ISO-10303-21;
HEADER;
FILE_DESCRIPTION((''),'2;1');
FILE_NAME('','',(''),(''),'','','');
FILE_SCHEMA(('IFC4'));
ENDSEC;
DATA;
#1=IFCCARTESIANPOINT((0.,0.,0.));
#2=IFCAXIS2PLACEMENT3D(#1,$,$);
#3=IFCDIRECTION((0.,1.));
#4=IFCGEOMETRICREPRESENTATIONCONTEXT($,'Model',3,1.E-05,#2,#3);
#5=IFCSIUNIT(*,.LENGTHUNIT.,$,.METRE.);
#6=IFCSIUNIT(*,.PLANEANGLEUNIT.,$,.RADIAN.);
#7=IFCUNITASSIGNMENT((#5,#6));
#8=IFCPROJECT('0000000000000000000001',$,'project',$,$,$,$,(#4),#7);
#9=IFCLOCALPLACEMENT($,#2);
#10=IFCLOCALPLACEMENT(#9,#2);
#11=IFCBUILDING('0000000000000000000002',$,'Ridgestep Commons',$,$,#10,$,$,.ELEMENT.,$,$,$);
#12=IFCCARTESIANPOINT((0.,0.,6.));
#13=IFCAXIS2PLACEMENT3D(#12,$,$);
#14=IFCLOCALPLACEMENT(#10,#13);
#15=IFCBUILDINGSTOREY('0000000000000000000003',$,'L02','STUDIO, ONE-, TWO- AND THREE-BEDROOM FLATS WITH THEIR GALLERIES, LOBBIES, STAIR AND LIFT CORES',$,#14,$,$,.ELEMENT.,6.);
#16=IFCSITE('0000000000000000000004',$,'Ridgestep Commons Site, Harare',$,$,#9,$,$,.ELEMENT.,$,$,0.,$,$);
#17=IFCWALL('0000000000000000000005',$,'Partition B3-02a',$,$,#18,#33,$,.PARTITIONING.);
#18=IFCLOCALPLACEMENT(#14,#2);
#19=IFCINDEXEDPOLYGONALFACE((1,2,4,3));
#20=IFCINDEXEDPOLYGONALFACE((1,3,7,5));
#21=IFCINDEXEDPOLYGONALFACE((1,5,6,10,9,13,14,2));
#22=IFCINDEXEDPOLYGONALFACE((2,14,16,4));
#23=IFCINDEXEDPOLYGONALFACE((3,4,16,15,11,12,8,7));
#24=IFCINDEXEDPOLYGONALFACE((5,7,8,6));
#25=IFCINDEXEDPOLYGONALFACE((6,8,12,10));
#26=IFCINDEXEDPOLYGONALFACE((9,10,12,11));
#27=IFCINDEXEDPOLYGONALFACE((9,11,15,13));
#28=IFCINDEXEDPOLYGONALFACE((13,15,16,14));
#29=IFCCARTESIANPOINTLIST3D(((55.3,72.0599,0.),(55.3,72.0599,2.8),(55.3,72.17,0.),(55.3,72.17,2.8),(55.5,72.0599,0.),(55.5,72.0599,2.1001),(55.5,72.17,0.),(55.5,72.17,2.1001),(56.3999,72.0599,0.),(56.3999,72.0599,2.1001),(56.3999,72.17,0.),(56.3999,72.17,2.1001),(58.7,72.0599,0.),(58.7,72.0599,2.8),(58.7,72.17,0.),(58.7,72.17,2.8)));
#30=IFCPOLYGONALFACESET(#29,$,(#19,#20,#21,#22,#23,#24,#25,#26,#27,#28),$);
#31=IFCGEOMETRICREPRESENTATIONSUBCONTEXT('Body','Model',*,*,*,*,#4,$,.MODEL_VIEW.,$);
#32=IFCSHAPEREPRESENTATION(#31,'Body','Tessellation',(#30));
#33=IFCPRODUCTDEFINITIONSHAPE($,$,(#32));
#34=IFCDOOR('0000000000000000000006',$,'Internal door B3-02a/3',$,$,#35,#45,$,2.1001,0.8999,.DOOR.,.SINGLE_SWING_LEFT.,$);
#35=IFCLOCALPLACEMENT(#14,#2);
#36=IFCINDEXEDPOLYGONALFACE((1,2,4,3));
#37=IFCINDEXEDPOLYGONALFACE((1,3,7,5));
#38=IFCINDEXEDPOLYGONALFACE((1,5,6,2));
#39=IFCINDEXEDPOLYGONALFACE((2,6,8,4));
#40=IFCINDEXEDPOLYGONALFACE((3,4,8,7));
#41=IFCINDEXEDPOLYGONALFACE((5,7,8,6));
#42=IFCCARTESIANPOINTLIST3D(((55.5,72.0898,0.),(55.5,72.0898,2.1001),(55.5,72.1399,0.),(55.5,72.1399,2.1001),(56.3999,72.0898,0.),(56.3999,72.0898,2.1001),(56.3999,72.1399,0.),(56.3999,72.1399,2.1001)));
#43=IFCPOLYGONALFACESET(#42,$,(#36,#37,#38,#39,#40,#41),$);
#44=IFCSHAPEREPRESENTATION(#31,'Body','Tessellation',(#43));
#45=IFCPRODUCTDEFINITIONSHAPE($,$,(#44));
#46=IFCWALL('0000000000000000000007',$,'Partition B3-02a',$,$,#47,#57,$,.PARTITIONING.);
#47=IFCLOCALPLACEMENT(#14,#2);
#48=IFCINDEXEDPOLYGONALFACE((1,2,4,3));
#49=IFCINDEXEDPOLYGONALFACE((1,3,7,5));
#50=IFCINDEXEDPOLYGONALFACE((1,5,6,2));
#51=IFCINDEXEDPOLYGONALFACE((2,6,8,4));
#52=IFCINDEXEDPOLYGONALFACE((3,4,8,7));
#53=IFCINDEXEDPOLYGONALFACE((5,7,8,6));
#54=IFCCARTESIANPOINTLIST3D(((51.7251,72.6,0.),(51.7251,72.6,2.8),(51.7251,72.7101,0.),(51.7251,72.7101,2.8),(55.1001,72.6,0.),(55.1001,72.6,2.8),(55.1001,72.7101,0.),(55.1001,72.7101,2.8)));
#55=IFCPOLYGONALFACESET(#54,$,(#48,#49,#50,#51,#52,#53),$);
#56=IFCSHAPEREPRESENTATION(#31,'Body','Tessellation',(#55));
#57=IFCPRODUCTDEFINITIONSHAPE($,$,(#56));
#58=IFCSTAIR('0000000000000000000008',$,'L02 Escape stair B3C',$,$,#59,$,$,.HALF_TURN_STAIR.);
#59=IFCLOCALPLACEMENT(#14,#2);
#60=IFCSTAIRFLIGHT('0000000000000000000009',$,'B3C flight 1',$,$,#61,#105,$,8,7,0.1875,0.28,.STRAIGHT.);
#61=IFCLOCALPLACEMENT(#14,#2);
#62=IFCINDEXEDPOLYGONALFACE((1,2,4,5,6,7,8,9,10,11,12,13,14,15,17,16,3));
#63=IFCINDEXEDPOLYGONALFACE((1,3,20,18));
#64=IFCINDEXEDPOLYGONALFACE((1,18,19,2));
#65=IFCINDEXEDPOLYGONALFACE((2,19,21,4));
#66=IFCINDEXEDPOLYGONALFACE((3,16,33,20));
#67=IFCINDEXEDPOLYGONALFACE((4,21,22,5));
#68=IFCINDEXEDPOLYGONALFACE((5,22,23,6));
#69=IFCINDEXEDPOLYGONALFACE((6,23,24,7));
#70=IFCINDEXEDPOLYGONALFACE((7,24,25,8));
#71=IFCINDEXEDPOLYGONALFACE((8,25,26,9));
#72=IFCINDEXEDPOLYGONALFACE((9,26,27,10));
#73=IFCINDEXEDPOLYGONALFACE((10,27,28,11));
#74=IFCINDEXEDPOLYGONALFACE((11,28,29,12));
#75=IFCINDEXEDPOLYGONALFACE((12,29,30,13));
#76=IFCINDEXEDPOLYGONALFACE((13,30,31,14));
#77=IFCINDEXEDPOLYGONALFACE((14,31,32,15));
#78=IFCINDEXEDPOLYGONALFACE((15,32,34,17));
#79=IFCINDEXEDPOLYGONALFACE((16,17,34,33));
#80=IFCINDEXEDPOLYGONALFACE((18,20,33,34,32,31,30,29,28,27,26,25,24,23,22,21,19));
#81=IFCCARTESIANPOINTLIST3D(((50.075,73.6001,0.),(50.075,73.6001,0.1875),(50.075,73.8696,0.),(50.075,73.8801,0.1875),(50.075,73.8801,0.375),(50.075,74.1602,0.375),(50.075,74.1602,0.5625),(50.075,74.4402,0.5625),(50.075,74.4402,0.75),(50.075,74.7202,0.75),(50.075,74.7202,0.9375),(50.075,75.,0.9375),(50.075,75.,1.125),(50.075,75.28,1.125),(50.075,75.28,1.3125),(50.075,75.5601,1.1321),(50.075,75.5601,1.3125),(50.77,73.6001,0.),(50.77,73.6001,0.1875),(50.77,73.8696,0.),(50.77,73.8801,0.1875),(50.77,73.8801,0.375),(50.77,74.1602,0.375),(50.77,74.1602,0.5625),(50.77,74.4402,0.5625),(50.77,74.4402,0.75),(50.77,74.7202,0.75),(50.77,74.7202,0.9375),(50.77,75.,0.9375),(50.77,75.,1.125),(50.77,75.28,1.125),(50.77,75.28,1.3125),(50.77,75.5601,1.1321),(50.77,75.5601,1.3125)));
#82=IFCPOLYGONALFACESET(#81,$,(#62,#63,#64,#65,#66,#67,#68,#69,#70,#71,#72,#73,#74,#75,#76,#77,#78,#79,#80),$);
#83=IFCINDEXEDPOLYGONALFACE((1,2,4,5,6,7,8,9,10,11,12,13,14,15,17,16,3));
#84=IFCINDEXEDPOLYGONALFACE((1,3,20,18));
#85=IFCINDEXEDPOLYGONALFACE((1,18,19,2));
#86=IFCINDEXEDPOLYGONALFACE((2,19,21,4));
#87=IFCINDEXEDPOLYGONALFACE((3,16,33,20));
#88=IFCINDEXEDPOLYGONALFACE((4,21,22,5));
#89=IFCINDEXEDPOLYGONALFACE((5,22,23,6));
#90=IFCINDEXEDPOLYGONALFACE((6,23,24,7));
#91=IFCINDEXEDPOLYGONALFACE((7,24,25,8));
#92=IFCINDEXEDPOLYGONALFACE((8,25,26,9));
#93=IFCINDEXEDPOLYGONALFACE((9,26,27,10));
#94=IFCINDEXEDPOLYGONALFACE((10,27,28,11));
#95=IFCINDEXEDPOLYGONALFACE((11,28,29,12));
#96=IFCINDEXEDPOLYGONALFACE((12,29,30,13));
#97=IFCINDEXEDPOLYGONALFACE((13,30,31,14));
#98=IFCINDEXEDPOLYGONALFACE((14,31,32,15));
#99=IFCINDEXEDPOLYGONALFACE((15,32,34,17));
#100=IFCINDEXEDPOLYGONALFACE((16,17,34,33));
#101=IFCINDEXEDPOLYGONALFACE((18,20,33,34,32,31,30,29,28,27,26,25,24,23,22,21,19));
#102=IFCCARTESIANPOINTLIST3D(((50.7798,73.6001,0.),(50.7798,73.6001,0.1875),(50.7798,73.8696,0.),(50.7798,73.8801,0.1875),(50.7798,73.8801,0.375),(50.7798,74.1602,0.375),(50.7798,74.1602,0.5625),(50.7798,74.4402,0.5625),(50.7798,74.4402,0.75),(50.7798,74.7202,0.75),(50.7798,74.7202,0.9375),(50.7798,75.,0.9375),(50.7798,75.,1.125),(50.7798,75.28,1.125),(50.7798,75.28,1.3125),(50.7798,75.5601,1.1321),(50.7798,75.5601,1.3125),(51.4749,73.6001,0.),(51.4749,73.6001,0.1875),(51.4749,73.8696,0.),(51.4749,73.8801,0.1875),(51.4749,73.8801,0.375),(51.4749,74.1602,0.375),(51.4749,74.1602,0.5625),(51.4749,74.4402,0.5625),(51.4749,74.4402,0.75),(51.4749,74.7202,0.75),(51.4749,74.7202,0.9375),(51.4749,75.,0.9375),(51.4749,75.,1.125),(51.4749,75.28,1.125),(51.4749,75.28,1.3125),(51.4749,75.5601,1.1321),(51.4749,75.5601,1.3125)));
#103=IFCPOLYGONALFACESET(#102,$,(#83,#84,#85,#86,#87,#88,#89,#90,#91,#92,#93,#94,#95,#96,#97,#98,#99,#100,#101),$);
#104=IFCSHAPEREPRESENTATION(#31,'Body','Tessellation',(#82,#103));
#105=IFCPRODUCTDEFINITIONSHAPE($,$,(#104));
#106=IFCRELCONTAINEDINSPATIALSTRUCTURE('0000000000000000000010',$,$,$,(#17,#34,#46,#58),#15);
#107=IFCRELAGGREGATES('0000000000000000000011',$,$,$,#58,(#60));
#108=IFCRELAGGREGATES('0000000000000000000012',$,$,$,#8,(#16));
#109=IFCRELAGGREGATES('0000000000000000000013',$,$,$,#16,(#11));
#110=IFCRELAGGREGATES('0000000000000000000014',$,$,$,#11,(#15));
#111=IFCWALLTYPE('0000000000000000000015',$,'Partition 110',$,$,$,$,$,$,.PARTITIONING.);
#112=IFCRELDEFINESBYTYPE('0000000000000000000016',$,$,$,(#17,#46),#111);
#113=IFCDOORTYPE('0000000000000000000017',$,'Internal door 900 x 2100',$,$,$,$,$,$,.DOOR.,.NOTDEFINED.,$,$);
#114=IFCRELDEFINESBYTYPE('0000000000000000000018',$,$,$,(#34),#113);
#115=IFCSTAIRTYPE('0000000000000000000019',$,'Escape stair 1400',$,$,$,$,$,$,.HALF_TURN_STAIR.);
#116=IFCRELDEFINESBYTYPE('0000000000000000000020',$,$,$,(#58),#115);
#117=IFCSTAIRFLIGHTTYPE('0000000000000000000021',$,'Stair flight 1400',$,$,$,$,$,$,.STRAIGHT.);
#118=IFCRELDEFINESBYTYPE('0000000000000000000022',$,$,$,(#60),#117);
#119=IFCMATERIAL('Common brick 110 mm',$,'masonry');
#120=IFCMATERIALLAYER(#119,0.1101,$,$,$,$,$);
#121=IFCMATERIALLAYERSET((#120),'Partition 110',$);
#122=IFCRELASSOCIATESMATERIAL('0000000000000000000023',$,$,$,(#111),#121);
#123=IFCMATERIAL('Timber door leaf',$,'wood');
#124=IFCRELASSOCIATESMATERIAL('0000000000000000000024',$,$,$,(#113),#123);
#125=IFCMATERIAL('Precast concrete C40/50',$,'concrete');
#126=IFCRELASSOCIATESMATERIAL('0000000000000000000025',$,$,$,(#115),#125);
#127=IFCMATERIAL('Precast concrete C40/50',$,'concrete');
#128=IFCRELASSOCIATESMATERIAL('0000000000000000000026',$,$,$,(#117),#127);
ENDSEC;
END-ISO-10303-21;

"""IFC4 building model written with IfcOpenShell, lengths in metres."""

from ifc_helpers import new_model, si_unit, direction, frame, frame_2d, origin, place, context, subcontext, project, spatial, polyline, rectangle, outline, extrude, material, layer, layer_set, type_object, element, fill, aggregate, save


model = new_model("IFC4")

# Units and contexts
model_context = context("Model", 3, precision=1e-05, world=origin(), true_north=direction((0.0, 1.0)))
body_context = subcontext(model_context, "Body", "Model", "MODEL_VIEW")
ifc_project = project(units=[si_unit("LENGTHUNIT", "METRE"), si_unit("PLANEANGLEUNIT", "RADIAN")], contexts=[model_context])

# Site, building, storey
site_placement = place(None, origin())
site = spatial("IfcSite", under=ifc_project, at=site_placement, Name="Ridgestep Commons Site, Harare", CompositionType="ELEMENT", RefElevation=0.0)
building_placement = place(site_placement, origin())
building = spatial("IfcBuilding", under=site, at=building_placement, Name="Ridgestep Commons", CompositionType="ELEMENT")
storey_placement = place(building_placement, frame((0.0, 0.0, 6.0)))
storey = spatial("IfcBuildingStorey", under=building, at=storey_placement, Name="L02", Description="STUDIO, ONE-, TWO- AND THREE-BEDROOM FLATS WITH THEIR GALLERIES, LOBBIES, STAIR AND LIFT CORES", CompositionType="ELEMENT", Elevation=6.0)

# Shared definitions
ifc_material_1 = material(Name="Common brick 110 mm", Category="masonry")
ifc_layer_1 = layer(ifc_material_1, 0.1101)
ifc_layer_set_1 = layer_set([ifc_layer_1], Name="Partition 110")
wall_type_1 = type_object("IfcWallType", Name="Partition 110", PredefinedType="PARTITIONING", material=ifc_layer_set_1)

# Wall, opening, door
wall_1_placement = place(storey_placement, frame((55.3, 72.115, 0.0), z_axis=(0.0, 0.0, 1.0), x_axis=(1.0, 0.0, 0.0)))
wall_1 = element("IfcWall", 1, at=wall_1_placement, inside=storey, type_object=wall_type_1, Name="Partition B3-02a", PredefinedType="PARTITIONING", context=body_context, shape_type="SweptSolid", body=[
    extrude(rectangle(XDim=3.3999, YDim=0.1101, at=frame_2d((1.7, 0.0))), origin(), (0.0, 0.0, 1.0), 2.8),
])
opening_1_placement = place(wall_1_placement, frame((0.2, 0.0, 0.0)))
opening_1 = element("IfcOpeningElement", 2, at=opening_1_placement, cuts=wall_1, PredefinedType="OPENING", context=body_context, shape_type="SweptSolid", body=[
    extrude(rectangle(XDim=0.8999, YDim=2.1001, at=frame_2d((0.45, 1.05))), frame((0.0, 0.0649, 0.0), z_axis=(0.0, -1.0, 0.0), x_axis=(1.0, 0.0, 0.0)), (0.0, 0.0, 1.0), 0.1301),
])
ifc_material_2 = material(Name="Timber door leaf", Category="wood")
door_type_1 = type_object("IfcDoorType", Name="Internal door 900 x 2100", OperationType="NOTDEFINED", PredefinedType="DOOR", material=ifc_material_2)
door_1_placement = place(opening_1_placement, origin())
door_1 = element("IfcDoor", 3, at=door_1_placement, inside=storey, type_object=door_type_1, Name="Internal door B3-02a/3", OperationType="SINGLE_SWING_LEFT", OverallHeight=2.1001, OverallWidth=0.8999, PredefinedType="DOOR", context=body_context, shape_type="SweptSolid", body=[
    extrude(rectangle(XDim=0.8999, YDim=2.1001, at=frame_2d((0.45, 1.05))), frame((0.0, 0.0249, 0.0), z_axis=(0.0, -1.0, 0.0), x_axis=(1.0, 0.0, 0.0)), (0.0, 0.0, 1.0), 0.05),
])
fill(opening_1, door_1)

# Wall
wall_2_placement = place(storey_placement, frame((51.7251, 72.655, 0.0), z_axis=(0.0, 0.0, 1.0), x_axis=(1.0, 0.0, 0.0)))
element("IfcWall", 4, at=wall_2_placement, inside=storey, type_object=wall_type_1, Name="Partition B3-02a", PredefinedType="PARTITIONING", context=body_context, shape_type="SweptSolid", body=[
    extrude(rectangle(XDim=3.375, YDim=0.1101, at=frame_2d((1.6875, 0.0))), origin(), (0.0, 0.0, 1.0), 2.8),
])

# Stair, stair flight
ifc_material_3 = material(Name="Precast concrete C40/50", Category="concrete")
stair_type = type_object("IfcStairType", Name="Escape stair 1400", PredefinedType="HALF_TURN_STAIR", material=ifc_material_3)
stair_placement = place(storey_placement, origin())
stair = element("IfcStair", 5, at=stair_placement, inside=storey, type_object=stair_type, Name="L02 Escape stair B3C", PredefinedType="HALF_TURN_STAIR")
ifc_material_4 = material(Name="Precast concrete C40/50", Category="concrete")
stair_flight_type = type_object("IfcStairFlightType", Name="Stair flight 1400", PredefinedType="STRAIGHT", material=ifc_material_4)
stair_flight_placement = place(storey_placement, frame((50.7749, 73.6001, 0.0), z_axis=(0.0, 0.0, 1.0), x_axis=(0.0, 1.0, 0.0)))
stair_flight = element("IfcStairFlight", 6, at=stair_flight_placement, type_object=stair_flight_type, Name="B3C flight 1", NumberOfRisers=8, NumberOfTreads=7, PredefinedType="STRAIGHT", RiserHeight=0.1875, TreadLength=0.28, context=body_context, shape_type="SweptSolid", body=[
    extrude(outline(polyline([(0.0, 0.0), (0.0, 0.1875), (0.28, 0.1875), (0.28, 0.375), (0.5601, 0.375), (0.5601, 0.5625), (0.8401, 0.5625), (0.8401, 0.75), (1.1201, 0.75), (1.1201, 0.9375), (1.3999, 0.9375), (1.3999, 1.125), (1.6799, 1.125), (1.6799, 1.3125), (1.96, 1.3125), (1.96, 1.5), (1.96, 1.1321), (0.2695, 0.0), (0.0, 0.0)])), frame((0.0, 0.7, 0.0), z_axis=(0.0, -1.0, 0.0), x_axis=(1.0, 0.0, 0.0)), (0.0, 0.0, 1.0), 0.6951),
    extrude(outline(polyline([(0.0, 0.0), (0.0, 0.1875), (0.28, 0.1875), (0.28, 0.375), (0.5601, 0.375), (0.5601, 0.5625), (0.8401, 0.5625), (0.8401, 0.75), (1.1201, 0.75), (1.1201, 0.9375), (1.3999, 0.9375), (1.3999, 1.125), (1.6799, 1.125), (1.6799, 1.3125), (1.96, 1.3125), (1.96, 1.5), (1.96, 1.1321), (0.2695, 0.0), (0.0, 0.0)])), frame((0.0, -0.0049, 0.0), z_axis=(0.0, -1.0, 0.0), x_axis=(1.0, 0.0, 0.0)), (0.0, 0.0, 1.0), 0.6951),
])
aggregate(stair, [stair_flight])

save(model, "model.ifc")
